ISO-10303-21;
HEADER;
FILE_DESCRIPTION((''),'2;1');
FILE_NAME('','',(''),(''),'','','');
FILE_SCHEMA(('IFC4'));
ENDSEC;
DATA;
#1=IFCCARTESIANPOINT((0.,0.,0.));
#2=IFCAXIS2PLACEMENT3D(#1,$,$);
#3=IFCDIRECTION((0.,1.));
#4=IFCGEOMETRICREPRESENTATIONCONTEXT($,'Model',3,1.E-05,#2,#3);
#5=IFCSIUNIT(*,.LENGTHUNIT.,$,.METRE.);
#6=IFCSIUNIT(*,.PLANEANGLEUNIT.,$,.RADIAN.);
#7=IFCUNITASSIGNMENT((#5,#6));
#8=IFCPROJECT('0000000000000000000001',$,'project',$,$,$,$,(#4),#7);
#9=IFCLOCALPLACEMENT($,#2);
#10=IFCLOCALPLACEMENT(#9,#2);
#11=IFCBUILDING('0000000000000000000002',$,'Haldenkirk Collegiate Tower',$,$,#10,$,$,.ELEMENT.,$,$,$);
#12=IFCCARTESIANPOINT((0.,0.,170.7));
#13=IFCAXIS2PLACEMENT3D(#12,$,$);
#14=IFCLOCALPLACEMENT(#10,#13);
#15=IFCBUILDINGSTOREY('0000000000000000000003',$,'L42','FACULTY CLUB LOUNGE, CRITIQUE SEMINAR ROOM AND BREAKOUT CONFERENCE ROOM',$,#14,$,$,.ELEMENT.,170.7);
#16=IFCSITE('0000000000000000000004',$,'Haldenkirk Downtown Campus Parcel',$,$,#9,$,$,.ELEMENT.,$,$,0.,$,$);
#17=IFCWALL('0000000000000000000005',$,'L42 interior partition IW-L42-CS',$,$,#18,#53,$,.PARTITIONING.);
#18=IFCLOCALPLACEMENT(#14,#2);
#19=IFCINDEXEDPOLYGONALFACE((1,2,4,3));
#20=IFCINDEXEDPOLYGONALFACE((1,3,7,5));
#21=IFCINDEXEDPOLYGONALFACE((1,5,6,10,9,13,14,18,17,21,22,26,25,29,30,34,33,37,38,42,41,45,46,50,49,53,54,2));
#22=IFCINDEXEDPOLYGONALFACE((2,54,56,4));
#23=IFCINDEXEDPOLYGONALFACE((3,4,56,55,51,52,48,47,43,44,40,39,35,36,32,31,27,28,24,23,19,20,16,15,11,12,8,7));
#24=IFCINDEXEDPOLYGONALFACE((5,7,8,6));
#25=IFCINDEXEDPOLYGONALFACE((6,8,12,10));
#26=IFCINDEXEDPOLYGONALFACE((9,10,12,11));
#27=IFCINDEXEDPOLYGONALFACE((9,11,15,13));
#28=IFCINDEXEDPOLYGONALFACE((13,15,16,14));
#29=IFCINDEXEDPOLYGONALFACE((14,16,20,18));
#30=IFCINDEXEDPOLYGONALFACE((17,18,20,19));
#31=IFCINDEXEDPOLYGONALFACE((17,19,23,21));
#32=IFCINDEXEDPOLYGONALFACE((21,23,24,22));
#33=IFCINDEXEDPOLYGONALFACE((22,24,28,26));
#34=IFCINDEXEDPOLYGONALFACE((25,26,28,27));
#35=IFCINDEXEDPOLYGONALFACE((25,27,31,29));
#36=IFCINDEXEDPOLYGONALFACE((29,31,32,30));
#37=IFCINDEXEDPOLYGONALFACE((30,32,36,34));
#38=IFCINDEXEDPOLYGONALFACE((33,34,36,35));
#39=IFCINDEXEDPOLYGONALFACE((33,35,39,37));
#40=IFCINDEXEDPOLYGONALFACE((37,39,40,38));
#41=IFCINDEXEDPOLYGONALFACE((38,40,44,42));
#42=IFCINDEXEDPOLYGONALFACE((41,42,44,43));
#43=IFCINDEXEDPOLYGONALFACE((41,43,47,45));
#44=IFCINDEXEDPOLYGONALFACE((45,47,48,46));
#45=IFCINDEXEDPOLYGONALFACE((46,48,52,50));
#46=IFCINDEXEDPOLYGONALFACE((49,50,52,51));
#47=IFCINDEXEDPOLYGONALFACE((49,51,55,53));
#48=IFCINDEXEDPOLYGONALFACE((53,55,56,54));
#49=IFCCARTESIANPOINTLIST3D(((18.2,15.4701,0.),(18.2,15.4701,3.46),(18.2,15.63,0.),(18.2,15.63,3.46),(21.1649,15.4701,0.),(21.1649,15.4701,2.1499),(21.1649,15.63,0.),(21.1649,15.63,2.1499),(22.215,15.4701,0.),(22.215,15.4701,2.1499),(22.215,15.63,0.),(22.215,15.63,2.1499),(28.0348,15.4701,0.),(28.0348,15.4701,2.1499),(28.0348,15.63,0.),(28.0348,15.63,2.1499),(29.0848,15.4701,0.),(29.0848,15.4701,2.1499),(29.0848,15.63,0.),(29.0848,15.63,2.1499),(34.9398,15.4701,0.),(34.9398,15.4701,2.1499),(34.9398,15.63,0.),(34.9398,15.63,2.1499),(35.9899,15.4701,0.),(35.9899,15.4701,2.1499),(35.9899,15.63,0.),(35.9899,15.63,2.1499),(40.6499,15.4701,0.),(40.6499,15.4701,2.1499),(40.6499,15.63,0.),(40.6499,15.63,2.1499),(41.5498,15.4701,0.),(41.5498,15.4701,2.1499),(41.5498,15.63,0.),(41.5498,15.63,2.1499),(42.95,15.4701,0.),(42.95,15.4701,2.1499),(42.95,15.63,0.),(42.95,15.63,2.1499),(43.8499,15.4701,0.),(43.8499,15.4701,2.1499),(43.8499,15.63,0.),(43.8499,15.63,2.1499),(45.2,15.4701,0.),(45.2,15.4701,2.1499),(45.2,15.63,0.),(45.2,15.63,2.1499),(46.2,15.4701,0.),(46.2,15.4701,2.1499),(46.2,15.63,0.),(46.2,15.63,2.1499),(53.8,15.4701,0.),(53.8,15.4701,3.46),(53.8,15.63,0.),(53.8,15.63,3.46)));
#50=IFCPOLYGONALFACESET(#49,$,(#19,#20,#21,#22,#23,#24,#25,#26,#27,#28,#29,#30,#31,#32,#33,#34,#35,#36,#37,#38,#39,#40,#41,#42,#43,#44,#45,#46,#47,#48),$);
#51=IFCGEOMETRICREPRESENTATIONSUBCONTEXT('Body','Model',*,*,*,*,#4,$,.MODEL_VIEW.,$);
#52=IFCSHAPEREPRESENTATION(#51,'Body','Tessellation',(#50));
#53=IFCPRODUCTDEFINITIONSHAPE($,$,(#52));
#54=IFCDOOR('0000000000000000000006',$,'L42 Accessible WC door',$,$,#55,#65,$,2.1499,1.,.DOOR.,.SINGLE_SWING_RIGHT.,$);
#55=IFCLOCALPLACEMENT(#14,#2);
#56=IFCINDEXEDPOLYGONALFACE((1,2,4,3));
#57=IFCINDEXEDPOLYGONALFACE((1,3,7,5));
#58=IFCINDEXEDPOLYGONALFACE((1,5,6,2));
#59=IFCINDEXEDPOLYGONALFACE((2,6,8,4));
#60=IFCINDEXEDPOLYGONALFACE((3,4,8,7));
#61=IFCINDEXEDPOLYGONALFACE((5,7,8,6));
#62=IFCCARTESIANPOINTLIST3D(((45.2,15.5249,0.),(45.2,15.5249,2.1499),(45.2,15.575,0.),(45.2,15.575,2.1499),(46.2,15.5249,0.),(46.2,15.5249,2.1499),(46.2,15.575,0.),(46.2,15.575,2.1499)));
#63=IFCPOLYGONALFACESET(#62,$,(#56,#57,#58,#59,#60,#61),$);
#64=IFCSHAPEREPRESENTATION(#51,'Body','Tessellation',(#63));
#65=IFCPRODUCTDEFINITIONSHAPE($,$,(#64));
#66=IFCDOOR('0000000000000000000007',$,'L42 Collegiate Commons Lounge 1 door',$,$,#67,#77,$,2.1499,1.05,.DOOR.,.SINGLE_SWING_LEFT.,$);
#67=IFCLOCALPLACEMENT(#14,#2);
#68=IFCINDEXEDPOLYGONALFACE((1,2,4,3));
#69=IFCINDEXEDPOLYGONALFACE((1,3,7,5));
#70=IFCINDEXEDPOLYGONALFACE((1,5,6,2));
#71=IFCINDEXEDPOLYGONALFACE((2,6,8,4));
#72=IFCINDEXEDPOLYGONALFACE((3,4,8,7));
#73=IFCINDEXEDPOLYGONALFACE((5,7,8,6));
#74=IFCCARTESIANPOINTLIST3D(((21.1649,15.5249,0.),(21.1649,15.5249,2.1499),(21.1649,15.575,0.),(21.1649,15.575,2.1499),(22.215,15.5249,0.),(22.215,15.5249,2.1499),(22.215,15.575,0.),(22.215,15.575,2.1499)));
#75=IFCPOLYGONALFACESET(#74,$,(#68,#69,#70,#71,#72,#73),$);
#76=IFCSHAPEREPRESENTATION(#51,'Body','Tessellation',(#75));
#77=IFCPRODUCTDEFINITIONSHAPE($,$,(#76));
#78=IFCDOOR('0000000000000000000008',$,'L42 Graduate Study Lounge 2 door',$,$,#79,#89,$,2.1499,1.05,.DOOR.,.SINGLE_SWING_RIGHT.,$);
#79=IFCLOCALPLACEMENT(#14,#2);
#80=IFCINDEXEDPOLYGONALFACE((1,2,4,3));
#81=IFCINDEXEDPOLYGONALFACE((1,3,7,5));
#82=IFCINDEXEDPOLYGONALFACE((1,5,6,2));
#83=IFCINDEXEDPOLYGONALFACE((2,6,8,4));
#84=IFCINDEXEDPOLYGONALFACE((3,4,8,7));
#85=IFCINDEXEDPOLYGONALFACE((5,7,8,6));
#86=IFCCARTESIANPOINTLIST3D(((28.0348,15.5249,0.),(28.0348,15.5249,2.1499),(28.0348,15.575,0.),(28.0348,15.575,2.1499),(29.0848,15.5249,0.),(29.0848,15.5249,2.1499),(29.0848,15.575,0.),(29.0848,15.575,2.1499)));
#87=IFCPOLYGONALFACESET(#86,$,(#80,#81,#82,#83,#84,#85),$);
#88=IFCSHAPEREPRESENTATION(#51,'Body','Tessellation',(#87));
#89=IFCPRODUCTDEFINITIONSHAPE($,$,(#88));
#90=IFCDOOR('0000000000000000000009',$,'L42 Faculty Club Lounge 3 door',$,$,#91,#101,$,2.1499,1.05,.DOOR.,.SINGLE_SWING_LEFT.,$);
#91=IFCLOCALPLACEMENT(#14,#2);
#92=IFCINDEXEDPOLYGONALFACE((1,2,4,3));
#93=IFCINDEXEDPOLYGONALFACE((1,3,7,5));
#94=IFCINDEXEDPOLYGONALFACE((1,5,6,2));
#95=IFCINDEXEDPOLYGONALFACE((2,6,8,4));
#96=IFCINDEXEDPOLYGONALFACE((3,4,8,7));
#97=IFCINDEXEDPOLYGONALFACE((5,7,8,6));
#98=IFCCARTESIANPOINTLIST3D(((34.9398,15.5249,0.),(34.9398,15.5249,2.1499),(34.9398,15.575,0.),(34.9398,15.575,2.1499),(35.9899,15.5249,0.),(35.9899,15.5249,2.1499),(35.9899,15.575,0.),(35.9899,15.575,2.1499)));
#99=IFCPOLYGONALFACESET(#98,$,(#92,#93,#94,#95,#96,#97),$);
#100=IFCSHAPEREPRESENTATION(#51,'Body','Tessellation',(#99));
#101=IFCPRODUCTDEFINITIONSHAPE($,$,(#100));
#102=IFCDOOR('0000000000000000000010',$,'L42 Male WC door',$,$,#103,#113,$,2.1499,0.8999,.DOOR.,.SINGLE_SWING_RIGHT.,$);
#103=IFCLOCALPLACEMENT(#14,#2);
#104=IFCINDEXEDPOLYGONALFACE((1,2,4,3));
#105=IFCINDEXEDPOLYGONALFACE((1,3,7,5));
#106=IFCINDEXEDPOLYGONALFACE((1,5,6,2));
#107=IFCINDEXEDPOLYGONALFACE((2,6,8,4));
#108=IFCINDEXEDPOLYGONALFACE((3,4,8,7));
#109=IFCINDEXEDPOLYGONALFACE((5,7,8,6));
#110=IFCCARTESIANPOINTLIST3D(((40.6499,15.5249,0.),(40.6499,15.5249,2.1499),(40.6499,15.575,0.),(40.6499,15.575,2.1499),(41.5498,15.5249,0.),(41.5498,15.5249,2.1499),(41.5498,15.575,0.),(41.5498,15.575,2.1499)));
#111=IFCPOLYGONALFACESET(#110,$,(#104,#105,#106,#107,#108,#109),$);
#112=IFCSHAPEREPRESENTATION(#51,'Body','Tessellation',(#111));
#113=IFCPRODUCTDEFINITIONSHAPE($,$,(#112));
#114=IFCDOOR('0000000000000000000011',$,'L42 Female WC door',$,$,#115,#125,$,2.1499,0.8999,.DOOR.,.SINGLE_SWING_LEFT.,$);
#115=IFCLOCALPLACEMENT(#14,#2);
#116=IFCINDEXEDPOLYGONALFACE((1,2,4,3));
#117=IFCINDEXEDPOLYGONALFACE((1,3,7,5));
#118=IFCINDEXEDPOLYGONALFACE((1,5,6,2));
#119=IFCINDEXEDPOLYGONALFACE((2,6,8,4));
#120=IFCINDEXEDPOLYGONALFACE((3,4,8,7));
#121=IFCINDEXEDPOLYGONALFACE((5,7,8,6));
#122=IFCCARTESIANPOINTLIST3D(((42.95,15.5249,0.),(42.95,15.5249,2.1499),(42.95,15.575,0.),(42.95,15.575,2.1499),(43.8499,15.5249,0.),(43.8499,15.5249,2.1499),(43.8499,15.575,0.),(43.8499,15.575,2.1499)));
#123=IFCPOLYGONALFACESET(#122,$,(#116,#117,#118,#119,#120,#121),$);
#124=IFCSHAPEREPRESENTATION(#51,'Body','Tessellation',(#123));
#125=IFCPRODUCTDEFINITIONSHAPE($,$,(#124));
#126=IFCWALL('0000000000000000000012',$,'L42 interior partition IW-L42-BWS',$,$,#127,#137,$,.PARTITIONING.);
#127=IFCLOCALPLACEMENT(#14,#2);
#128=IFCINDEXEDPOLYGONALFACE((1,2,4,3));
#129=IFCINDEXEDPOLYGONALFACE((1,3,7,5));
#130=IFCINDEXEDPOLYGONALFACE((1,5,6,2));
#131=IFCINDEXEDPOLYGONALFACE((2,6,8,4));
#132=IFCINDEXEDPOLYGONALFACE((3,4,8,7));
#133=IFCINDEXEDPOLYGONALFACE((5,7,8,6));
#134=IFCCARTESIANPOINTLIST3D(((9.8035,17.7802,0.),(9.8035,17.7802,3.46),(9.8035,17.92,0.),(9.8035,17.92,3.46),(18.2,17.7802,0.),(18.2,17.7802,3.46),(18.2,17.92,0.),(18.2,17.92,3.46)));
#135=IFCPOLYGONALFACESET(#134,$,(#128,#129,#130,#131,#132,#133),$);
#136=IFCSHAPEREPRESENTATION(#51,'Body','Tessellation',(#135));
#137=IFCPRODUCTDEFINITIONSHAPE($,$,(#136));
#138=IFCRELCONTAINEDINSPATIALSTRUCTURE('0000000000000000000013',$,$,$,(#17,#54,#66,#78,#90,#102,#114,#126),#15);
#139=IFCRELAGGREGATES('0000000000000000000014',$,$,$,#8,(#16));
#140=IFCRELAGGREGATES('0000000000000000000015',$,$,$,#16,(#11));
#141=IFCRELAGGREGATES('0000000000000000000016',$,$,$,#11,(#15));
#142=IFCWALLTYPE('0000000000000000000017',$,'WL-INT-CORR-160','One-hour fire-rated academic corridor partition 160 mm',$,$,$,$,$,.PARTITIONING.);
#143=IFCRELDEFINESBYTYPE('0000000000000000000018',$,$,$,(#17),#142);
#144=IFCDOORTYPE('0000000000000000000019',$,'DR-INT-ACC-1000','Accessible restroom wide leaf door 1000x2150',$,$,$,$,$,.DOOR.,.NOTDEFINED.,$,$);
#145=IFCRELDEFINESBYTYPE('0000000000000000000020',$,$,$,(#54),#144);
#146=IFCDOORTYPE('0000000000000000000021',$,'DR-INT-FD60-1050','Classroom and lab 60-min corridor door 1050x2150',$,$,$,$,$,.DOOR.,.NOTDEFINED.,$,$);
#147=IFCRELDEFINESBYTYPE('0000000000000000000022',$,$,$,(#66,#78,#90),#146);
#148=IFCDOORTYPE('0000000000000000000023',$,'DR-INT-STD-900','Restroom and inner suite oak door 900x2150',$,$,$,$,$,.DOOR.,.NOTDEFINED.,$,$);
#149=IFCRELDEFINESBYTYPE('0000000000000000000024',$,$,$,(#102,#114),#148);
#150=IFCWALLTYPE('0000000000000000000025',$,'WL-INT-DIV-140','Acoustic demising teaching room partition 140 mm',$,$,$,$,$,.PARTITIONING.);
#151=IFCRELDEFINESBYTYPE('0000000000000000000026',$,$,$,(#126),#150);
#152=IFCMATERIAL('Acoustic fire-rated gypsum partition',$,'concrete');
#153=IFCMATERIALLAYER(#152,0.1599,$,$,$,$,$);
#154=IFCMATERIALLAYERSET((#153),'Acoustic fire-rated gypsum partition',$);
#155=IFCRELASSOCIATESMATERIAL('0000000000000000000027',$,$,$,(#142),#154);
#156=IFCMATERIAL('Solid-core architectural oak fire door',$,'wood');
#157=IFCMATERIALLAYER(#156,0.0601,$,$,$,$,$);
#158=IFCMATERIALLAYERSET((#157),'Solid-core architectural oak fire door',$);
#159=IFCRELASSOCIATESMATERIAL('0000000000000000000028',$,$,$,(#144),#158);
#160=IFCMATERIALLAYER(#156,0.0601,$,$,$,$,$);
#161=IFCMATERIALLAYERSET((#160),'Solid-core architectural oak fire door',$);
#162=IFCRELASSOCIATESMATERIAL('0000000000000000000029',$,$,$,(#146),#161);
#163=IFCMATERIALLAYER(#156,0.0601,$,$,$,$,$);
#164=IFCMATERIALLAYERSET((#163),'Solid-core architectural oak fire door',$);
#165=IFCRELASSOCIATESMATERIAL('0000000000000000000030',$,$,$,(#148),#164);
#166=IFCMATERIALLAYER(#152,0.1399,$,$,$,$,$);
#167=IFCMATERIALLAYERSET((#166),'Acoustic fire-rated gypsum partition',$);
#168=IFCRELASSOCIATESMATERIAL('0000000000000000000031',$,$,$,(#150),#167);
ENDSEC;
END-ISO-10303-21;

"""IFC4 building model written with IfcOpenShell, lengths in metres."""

from ifc_helpers import new_model, si_unit, direction, frame, frame_2d, origin, place, context, subcontext, project, spatial, rectangle, extrude, material, layer, layer_set, type_object, element, fill, save


model = new_model("IFC4")

# Units and contexts
model_context = context("Model", 3, precision=1e-05, world=origin(), true_north=direction((0.0, 1.0)))
body_context = subcontext(model_context, "Body", "Model", "MODEL_VIEW")
ifc_project = project(units=[si_unit("LENGTHUNIT", "METRE"), si_unit("PLANEANGLEUNIT", "RADIAN")], contexts=[model_context])

# Site, building, storey
site_placement = place(None, origin())
site = spatial("IfcSite", under=ifc_project, at=site_placement, Name="Haldenkirk Downtown Campus Parcel", CompositionType="ELEMENT", RefElevation=0.0)
building_placement = place(site_placement, origin())
building = spatial("IfcBuilding", under=site, at=building_placement, Name="Haldenkirk Collegiate Tower", CompositionType="ELEMENT")
storey_placement = place(building_placement, frame((0.0, 0.0, 170.7)))
storey = spatial("IfcBuildingStorey", under=building, at=storey_placement, Name="L42", Description="FACULTY CLUB LOUNGE, CRITIQUE SEMINAR ROOM AND BREAKOUT CONFERENCE ROOM", CompositionType="ELEMENT", Elevation=170.7)

# Wall, openings, doors
ifc_material_1 = material(Name="Acoustic fire-rated gypsum partition", Category="concrete")
ifc_layer_1 = layer(ifc_material_1, 0.1599)
ifc_layer_set_1 = layer_set([ifc_layer_1], Name="Acoustic fire-rated gypsum partition")
wall_type_1 = type_object("IfcWallType", Name="WL-INT-CORR-160", Description="One-hour fire-rated academic corridor partition 160 mm", PredefinedType="PARTITIONING", material=ifc_layer_set_1)
wall_1_placement = place(storey_placement, frame((18.2, 15.55, 0.0), z_axis=(0.0, 0.0, 1.0), x_axis=(1.0, 0.0, 0.0)))
wall_1 = element("IfcWall", 1, at=wall_1_placement, inside=storey, type_object=wall_type_1, Name="L42 interior partition IW-L42-CS", PredefinedType="PARTITIONING", context=body_context, shape_type="SweptSolid", body=[
    extrude(rectangle(XDim=35.6001, YDim=0.1599, at=frame_2d((17.8, 0.0))), origin(), (0.0, 0.0, 1.0), 3.46),
])
opening_1_placement = place(wall_1_placement, frame((22.45, 0.0, 0.0)))
opening_1 = element("IfcOpeningElement", 2, at=opening_1_placement, cuts=wall_1, PredefinedType="OPENING", context=body_context, shape_type="SweptSolid", body=[
    extrude(rectangle(XDim=0.8999, YDim=2.1499, at=frame_2d((0.45, 1.075))), frame((0.0, 0.0898, 0.0), z_axis=(0.0, -1.0, 0.0), x_axis=(1.0, 0.0, 0.0)), (0.0, 0.0, 1.0), 0.1799),
])
opening_2_placement = place(wall_1_placement, frame((24.75, 0.0, 0.0)))
opening_2 = element("IfcOpeningElement", 3, at=opening_2_placement, cuts=wall_1, PredefinedType="OPENING", context=body_context, shape_type="SweptSolid", body=[
    extrude(rectangle(XDim=0.8999, YDim=2.1499, at=frame_2d((0.45, 1.075))), frame((0.0, 0.0898, 0.0), z_axis=(0.0, -1.0, 0.0), x_axis=(1.0, 0.0, 0.0)), (0.0, 0.0, 1.0), 0.1799),
])
opening_3_placement = place(wall_1_placement, frame((27.0, 0.0, 0.0)))
opening_3 = element("IfcOpeningElement", 4, at=opening_3_placement, cuts=wall_1, PredefinedType="OPENING", context=body_context, shape_type="SweptSolid", body=[
    extrude(rectangle(XDim=1.0, YDim=2.1499, at=frame_2d((0.5, 1.075))), frame((0.0, 0.0898, 0.0), z_axis=(0.0, -1.0, 0.0), x_axis=(1.0, 0.0, 0.0)), (0.0, 0.0, 1.0), 0.1799),
])
opening_4_placement = place(wall_1_placement, frame((2.9651, 0.0, 0.0)))
opening_4 = element("IfcOpeningElement", 5, at=opening_4_placement, cuts=wall_1, PredefinedType="OPENING", context=body_context, shape_type="SweptSolid", body=[
    extrude(rectangle(XDim=1.05, YDim=2.1499, at=frame_2d((0.5249, 1.075))), frame((0.0, 0.0898, 0.0), z_axis=(0.0, -1.0, 0.0), x_axis=(1.0, 0.0, 0.0)), (0.0, 0.0, 1.0), 0.1799),
])
opening_5_placement = place(wall_1_placement, frame((9.835, 0.0, 0.0)))
opening_5 = element("IfcOpeningElement", 6, at=opening_5_placement, cuts=wall_1, PredefinedType="OPENING", context=body_context, shape_type="SweptSolid", body=[
    extrude(rectangle(XDim=1.05, YDim=2.1499, at=frame_2d((0.5249, 1.075))), frame((0.0, 0.0898, 0.0), z_axis=(0.0, -1.0, 0.0), x_axis=(1.0, 0.0, 0.0)), (0.0, 0.0, 1.0), 0.1799),
])
opening_6_placement = place(wall_1_placement, frame((16.74, 0.0, 0.0)))
opening_6 = element("IfcOpeningElement", 7, at=opening_6_placement, cuts=wall_1, PredefinedType="OPENING", context=body_context, shape_type="SweptSolid", body=[
    extrude(rectangle(XDim=1.05, YDim=2.1499, at=frame_2d((0.5249, 1.075))), frame((0.0, 0.0898, 0.0), z_axis=(0.0, -1.0, 0.0), x_axis=(1.0, 0.0, 0.0)), (0.0, 0.0, 1.0), 0.1799),
])
ifc_material_2 = material(Name="Solid-core architectural oak fire door", Category="wood")
ifc_layer_2 = layer(ifc_material_2, 0.0601)
ifc_layer_set_2 = layer_set([ifc_layer_2], Name="Solid-core architectural oak fire door")
door_type_1 = type_object("IfcDoorType", Name="DR-INT-ACC-1000", Description="Accessible restroom wide leaf door 1000x2150", OperationType="NOTDEFINED", PredefinedType="DOOR", material=ifc_layer_set_2)
door_1_placement = place(opening_3_placement, origin())
door_1 = element("IfcDoor", 8, at=door_1_placement, inside=storey, type_object=door_type_1, Name="L42 Accessible WC door", OperationType="SINGLE_SWING_RIGHT", OverallHeight=2.1499, OverallWidth=1.0, PredefinedType="DOOR", context=body_context, shape_type="SweptSolid", body=[
    extrude(rectangle(XDim=1.0, YDim=2.1499, at=frame_2d((0.5, 1.075))), frame((0.0, 0.0249, 0.0), z_axis=(0.0, -1.0, 0.0), x_axis=(1.0, 0.0, 0.0)), (0.0, 0.0, 1.0), 0.05),
])
fill(opening_3, door_1)
ifc_layer_3 = layer(ifc_material_2, 0.0601)
ifc_layer_set_3 = layer_set([ifc_layer_3], Name="Solid-core architectural oak fire door")
door_type_2 = type_object("IfcDoorType", Name="DR-INT-FD60-1050", Description="Classroom and lab 60-min corridor door 1050x2150", OperationType="NOTDEFINED", PredefinedType="DOOR", material=ifc_layer_set_3)
door_2_placement = place(opening_4_placement, origin())
door_2 = element("IfcDoor", 9, at=door_2_placement, inside=storey, type_object=door_type_2, Name="L42 Collegiate Commons Lounge 1 door", OperationType="SINGLE_SWING_LEFT", OverallHeight=2.1499, OverallWidth=1.05, PredefinedType="DOOR", context=body_context, shape_type="SweptSolid", body=[
    extrude(rectangle(XDim=1.05, YDim=2.1499, at=frame_2d((0.5249, 1.075))), frame((0.0, 0.0249, 0.0), z_axis=(0.0, -1.0, 0.0), x_axis=(1.0, 0.0, 0.0)), (0.0, 0.0, 1.0), 0.05),
])
fill(opening_4, door_2)
door_3_placement = place(opening_5_placement, origin())
door_3 = element("IfcDoor", 10, at=door_3_placement, inside=storey, type_object=door_type_2, Name="L42 Graduate Study Lounge 2 door", OperationType="SINGLE_SWING_RIGHT", OverallHeight=2.1499, OverallWidth=1.05, PredefinedType="DOOR", context=body_context, shape_type="SweptSolid", body=[
    extrude(rectangle(XDim=1.05, YDim=2.1499, at=frame_2d((0.5249, 1.075))), frame((0.0, 0.0249, 0.0), z_axis=(0.0, -1.0, 0.0), x_axis=(1.0, 0.0, 0.0)), (0.0, 0.0, 1.0), 0.05),
])
fill(opening_5, door_3)
door_4_placement = place(opening_6_placement, origin())
door_4 = element("IfcDoor", 11, at=door_4_placement, inside=storey, type_object=door_type_2, Name="L42 Faculty Club Lounge 3 door", OperationType="SINGLE_SWING_LEFT", OverallHeight=2.1499, OverallWidth=1.05, PredefinedType="DOOR", context=body_context, shape_type="SweptSolid", body=[
    extrude(rectangle(XDim=1.05, YDim=2.1499, at=frame_2d((0.5249, 1.075))), frame((0.0, 0.0249, 0.0), z_axis=(0.0, -1.0, 0.0), x_axis=(1.0, 0.0, 0.0)), (0.0, 0.0, 1.0), 0.05),
])
fill(opening_6, door_4)
ifc_layer_4 = layer(ifc_material_2, 0.0601)
ifc_layer_set_4 = layer_set([ifc_layer_4], Name="Solid-core architectural oak fire door")
door_type_3 = type_object("IfcDoorType", Name="DR-INT-STD-900", Description="Restroom and inner suite oak door 900x2150", OperationType="NOTDEFINED", PredefinedType="DOOR", material=ifc_layer_set_4)
door_5_placement = place(opening_1_placement, origin())
door_5 = element("IfcDoor", 12, at=door_5_placement, inside=storey, type_object=door_type_3, Name="L42 Male WC door", OperationType="SINGLE_SWING_RIGHT", OverallHeight=2.1499, OverallWidth=0.8999, PredefinedType="DOOR", context=body_context, shape_type="SweptSolid", body=[
    extrude(rectangle(XDim=0.8999, YDim=2.1499, at=frame_2d((0.45, 1.075))), frame((0.0, 0.0249, 0.0), z_axis=(0.0, -1.0, 0.0), x_axis=(1.0, 0.0, 0.0)), (0.0, 0.0, 1.0), 0.05),
])
fill(opening_1, door_5)
door_6_placement = place(opening_2_placement, origin())
door_6 = element("IfcDoor", 13, at=door_6_placement, inside=storey, type_object=door_type_3, Name="L42 Female WC door", OperationType="SINGLE_SWING_LEFT", OverallHeight=2.1499, OverallWidth=0.8999, PredefinedType="DOOR", context=body_context, shape_type="SweptSolid", body=[
    extrude(rectangle(XDim=0.8999, YDim=2.1499, at=frame_2d((0.45, 1.075))), frame((0.0, 0.0249, 0.0), z_axis=(0.0, -1.0, 0.0), x_axis=(1.0, 0.0, 0.0)), (0.0, 0.0, 1.0), 0.05),
])
fill(opening_2, door_6)

# Wall
ifc_layer_5 = layer(ifc_material_1, 0.1399)
ifc_layer_set_5 = layer_set([ifc_layer_5], Name="Acoustic fire-rated gypsum partition")
wall_type_2 = type_object("IfcWallType", Name="WL-INT-DIV-140", Description="Acoustic demising teaching room partition 140 mm", PredefinedType="PARTITIONING", material=ifc_layer_set_5)
wall_2_placement = place(storey_placement, frame((9.8035, 17.8501, 0.0), z_axis=(0.0, 0.0, 1.0), x_axis=(1.0, 0.0, 0.0)))
element("IfcWall", 14, at=wall_2_placement, inside=storey, type_object=wall_type_2, Name="L42 interior partition IW-L42-BWS", PredefinedType="PARTITIONING", context=body_context, shape_type="SweptSolid", body=[
    extrude(rectangle(XDim=8.3965, YDim=0.1399, at=frame_2d((4.1982, 0.0))), origin(), (0.0, 0.0, 1.0), 3.46),
])

save(model, "model.ifc")
